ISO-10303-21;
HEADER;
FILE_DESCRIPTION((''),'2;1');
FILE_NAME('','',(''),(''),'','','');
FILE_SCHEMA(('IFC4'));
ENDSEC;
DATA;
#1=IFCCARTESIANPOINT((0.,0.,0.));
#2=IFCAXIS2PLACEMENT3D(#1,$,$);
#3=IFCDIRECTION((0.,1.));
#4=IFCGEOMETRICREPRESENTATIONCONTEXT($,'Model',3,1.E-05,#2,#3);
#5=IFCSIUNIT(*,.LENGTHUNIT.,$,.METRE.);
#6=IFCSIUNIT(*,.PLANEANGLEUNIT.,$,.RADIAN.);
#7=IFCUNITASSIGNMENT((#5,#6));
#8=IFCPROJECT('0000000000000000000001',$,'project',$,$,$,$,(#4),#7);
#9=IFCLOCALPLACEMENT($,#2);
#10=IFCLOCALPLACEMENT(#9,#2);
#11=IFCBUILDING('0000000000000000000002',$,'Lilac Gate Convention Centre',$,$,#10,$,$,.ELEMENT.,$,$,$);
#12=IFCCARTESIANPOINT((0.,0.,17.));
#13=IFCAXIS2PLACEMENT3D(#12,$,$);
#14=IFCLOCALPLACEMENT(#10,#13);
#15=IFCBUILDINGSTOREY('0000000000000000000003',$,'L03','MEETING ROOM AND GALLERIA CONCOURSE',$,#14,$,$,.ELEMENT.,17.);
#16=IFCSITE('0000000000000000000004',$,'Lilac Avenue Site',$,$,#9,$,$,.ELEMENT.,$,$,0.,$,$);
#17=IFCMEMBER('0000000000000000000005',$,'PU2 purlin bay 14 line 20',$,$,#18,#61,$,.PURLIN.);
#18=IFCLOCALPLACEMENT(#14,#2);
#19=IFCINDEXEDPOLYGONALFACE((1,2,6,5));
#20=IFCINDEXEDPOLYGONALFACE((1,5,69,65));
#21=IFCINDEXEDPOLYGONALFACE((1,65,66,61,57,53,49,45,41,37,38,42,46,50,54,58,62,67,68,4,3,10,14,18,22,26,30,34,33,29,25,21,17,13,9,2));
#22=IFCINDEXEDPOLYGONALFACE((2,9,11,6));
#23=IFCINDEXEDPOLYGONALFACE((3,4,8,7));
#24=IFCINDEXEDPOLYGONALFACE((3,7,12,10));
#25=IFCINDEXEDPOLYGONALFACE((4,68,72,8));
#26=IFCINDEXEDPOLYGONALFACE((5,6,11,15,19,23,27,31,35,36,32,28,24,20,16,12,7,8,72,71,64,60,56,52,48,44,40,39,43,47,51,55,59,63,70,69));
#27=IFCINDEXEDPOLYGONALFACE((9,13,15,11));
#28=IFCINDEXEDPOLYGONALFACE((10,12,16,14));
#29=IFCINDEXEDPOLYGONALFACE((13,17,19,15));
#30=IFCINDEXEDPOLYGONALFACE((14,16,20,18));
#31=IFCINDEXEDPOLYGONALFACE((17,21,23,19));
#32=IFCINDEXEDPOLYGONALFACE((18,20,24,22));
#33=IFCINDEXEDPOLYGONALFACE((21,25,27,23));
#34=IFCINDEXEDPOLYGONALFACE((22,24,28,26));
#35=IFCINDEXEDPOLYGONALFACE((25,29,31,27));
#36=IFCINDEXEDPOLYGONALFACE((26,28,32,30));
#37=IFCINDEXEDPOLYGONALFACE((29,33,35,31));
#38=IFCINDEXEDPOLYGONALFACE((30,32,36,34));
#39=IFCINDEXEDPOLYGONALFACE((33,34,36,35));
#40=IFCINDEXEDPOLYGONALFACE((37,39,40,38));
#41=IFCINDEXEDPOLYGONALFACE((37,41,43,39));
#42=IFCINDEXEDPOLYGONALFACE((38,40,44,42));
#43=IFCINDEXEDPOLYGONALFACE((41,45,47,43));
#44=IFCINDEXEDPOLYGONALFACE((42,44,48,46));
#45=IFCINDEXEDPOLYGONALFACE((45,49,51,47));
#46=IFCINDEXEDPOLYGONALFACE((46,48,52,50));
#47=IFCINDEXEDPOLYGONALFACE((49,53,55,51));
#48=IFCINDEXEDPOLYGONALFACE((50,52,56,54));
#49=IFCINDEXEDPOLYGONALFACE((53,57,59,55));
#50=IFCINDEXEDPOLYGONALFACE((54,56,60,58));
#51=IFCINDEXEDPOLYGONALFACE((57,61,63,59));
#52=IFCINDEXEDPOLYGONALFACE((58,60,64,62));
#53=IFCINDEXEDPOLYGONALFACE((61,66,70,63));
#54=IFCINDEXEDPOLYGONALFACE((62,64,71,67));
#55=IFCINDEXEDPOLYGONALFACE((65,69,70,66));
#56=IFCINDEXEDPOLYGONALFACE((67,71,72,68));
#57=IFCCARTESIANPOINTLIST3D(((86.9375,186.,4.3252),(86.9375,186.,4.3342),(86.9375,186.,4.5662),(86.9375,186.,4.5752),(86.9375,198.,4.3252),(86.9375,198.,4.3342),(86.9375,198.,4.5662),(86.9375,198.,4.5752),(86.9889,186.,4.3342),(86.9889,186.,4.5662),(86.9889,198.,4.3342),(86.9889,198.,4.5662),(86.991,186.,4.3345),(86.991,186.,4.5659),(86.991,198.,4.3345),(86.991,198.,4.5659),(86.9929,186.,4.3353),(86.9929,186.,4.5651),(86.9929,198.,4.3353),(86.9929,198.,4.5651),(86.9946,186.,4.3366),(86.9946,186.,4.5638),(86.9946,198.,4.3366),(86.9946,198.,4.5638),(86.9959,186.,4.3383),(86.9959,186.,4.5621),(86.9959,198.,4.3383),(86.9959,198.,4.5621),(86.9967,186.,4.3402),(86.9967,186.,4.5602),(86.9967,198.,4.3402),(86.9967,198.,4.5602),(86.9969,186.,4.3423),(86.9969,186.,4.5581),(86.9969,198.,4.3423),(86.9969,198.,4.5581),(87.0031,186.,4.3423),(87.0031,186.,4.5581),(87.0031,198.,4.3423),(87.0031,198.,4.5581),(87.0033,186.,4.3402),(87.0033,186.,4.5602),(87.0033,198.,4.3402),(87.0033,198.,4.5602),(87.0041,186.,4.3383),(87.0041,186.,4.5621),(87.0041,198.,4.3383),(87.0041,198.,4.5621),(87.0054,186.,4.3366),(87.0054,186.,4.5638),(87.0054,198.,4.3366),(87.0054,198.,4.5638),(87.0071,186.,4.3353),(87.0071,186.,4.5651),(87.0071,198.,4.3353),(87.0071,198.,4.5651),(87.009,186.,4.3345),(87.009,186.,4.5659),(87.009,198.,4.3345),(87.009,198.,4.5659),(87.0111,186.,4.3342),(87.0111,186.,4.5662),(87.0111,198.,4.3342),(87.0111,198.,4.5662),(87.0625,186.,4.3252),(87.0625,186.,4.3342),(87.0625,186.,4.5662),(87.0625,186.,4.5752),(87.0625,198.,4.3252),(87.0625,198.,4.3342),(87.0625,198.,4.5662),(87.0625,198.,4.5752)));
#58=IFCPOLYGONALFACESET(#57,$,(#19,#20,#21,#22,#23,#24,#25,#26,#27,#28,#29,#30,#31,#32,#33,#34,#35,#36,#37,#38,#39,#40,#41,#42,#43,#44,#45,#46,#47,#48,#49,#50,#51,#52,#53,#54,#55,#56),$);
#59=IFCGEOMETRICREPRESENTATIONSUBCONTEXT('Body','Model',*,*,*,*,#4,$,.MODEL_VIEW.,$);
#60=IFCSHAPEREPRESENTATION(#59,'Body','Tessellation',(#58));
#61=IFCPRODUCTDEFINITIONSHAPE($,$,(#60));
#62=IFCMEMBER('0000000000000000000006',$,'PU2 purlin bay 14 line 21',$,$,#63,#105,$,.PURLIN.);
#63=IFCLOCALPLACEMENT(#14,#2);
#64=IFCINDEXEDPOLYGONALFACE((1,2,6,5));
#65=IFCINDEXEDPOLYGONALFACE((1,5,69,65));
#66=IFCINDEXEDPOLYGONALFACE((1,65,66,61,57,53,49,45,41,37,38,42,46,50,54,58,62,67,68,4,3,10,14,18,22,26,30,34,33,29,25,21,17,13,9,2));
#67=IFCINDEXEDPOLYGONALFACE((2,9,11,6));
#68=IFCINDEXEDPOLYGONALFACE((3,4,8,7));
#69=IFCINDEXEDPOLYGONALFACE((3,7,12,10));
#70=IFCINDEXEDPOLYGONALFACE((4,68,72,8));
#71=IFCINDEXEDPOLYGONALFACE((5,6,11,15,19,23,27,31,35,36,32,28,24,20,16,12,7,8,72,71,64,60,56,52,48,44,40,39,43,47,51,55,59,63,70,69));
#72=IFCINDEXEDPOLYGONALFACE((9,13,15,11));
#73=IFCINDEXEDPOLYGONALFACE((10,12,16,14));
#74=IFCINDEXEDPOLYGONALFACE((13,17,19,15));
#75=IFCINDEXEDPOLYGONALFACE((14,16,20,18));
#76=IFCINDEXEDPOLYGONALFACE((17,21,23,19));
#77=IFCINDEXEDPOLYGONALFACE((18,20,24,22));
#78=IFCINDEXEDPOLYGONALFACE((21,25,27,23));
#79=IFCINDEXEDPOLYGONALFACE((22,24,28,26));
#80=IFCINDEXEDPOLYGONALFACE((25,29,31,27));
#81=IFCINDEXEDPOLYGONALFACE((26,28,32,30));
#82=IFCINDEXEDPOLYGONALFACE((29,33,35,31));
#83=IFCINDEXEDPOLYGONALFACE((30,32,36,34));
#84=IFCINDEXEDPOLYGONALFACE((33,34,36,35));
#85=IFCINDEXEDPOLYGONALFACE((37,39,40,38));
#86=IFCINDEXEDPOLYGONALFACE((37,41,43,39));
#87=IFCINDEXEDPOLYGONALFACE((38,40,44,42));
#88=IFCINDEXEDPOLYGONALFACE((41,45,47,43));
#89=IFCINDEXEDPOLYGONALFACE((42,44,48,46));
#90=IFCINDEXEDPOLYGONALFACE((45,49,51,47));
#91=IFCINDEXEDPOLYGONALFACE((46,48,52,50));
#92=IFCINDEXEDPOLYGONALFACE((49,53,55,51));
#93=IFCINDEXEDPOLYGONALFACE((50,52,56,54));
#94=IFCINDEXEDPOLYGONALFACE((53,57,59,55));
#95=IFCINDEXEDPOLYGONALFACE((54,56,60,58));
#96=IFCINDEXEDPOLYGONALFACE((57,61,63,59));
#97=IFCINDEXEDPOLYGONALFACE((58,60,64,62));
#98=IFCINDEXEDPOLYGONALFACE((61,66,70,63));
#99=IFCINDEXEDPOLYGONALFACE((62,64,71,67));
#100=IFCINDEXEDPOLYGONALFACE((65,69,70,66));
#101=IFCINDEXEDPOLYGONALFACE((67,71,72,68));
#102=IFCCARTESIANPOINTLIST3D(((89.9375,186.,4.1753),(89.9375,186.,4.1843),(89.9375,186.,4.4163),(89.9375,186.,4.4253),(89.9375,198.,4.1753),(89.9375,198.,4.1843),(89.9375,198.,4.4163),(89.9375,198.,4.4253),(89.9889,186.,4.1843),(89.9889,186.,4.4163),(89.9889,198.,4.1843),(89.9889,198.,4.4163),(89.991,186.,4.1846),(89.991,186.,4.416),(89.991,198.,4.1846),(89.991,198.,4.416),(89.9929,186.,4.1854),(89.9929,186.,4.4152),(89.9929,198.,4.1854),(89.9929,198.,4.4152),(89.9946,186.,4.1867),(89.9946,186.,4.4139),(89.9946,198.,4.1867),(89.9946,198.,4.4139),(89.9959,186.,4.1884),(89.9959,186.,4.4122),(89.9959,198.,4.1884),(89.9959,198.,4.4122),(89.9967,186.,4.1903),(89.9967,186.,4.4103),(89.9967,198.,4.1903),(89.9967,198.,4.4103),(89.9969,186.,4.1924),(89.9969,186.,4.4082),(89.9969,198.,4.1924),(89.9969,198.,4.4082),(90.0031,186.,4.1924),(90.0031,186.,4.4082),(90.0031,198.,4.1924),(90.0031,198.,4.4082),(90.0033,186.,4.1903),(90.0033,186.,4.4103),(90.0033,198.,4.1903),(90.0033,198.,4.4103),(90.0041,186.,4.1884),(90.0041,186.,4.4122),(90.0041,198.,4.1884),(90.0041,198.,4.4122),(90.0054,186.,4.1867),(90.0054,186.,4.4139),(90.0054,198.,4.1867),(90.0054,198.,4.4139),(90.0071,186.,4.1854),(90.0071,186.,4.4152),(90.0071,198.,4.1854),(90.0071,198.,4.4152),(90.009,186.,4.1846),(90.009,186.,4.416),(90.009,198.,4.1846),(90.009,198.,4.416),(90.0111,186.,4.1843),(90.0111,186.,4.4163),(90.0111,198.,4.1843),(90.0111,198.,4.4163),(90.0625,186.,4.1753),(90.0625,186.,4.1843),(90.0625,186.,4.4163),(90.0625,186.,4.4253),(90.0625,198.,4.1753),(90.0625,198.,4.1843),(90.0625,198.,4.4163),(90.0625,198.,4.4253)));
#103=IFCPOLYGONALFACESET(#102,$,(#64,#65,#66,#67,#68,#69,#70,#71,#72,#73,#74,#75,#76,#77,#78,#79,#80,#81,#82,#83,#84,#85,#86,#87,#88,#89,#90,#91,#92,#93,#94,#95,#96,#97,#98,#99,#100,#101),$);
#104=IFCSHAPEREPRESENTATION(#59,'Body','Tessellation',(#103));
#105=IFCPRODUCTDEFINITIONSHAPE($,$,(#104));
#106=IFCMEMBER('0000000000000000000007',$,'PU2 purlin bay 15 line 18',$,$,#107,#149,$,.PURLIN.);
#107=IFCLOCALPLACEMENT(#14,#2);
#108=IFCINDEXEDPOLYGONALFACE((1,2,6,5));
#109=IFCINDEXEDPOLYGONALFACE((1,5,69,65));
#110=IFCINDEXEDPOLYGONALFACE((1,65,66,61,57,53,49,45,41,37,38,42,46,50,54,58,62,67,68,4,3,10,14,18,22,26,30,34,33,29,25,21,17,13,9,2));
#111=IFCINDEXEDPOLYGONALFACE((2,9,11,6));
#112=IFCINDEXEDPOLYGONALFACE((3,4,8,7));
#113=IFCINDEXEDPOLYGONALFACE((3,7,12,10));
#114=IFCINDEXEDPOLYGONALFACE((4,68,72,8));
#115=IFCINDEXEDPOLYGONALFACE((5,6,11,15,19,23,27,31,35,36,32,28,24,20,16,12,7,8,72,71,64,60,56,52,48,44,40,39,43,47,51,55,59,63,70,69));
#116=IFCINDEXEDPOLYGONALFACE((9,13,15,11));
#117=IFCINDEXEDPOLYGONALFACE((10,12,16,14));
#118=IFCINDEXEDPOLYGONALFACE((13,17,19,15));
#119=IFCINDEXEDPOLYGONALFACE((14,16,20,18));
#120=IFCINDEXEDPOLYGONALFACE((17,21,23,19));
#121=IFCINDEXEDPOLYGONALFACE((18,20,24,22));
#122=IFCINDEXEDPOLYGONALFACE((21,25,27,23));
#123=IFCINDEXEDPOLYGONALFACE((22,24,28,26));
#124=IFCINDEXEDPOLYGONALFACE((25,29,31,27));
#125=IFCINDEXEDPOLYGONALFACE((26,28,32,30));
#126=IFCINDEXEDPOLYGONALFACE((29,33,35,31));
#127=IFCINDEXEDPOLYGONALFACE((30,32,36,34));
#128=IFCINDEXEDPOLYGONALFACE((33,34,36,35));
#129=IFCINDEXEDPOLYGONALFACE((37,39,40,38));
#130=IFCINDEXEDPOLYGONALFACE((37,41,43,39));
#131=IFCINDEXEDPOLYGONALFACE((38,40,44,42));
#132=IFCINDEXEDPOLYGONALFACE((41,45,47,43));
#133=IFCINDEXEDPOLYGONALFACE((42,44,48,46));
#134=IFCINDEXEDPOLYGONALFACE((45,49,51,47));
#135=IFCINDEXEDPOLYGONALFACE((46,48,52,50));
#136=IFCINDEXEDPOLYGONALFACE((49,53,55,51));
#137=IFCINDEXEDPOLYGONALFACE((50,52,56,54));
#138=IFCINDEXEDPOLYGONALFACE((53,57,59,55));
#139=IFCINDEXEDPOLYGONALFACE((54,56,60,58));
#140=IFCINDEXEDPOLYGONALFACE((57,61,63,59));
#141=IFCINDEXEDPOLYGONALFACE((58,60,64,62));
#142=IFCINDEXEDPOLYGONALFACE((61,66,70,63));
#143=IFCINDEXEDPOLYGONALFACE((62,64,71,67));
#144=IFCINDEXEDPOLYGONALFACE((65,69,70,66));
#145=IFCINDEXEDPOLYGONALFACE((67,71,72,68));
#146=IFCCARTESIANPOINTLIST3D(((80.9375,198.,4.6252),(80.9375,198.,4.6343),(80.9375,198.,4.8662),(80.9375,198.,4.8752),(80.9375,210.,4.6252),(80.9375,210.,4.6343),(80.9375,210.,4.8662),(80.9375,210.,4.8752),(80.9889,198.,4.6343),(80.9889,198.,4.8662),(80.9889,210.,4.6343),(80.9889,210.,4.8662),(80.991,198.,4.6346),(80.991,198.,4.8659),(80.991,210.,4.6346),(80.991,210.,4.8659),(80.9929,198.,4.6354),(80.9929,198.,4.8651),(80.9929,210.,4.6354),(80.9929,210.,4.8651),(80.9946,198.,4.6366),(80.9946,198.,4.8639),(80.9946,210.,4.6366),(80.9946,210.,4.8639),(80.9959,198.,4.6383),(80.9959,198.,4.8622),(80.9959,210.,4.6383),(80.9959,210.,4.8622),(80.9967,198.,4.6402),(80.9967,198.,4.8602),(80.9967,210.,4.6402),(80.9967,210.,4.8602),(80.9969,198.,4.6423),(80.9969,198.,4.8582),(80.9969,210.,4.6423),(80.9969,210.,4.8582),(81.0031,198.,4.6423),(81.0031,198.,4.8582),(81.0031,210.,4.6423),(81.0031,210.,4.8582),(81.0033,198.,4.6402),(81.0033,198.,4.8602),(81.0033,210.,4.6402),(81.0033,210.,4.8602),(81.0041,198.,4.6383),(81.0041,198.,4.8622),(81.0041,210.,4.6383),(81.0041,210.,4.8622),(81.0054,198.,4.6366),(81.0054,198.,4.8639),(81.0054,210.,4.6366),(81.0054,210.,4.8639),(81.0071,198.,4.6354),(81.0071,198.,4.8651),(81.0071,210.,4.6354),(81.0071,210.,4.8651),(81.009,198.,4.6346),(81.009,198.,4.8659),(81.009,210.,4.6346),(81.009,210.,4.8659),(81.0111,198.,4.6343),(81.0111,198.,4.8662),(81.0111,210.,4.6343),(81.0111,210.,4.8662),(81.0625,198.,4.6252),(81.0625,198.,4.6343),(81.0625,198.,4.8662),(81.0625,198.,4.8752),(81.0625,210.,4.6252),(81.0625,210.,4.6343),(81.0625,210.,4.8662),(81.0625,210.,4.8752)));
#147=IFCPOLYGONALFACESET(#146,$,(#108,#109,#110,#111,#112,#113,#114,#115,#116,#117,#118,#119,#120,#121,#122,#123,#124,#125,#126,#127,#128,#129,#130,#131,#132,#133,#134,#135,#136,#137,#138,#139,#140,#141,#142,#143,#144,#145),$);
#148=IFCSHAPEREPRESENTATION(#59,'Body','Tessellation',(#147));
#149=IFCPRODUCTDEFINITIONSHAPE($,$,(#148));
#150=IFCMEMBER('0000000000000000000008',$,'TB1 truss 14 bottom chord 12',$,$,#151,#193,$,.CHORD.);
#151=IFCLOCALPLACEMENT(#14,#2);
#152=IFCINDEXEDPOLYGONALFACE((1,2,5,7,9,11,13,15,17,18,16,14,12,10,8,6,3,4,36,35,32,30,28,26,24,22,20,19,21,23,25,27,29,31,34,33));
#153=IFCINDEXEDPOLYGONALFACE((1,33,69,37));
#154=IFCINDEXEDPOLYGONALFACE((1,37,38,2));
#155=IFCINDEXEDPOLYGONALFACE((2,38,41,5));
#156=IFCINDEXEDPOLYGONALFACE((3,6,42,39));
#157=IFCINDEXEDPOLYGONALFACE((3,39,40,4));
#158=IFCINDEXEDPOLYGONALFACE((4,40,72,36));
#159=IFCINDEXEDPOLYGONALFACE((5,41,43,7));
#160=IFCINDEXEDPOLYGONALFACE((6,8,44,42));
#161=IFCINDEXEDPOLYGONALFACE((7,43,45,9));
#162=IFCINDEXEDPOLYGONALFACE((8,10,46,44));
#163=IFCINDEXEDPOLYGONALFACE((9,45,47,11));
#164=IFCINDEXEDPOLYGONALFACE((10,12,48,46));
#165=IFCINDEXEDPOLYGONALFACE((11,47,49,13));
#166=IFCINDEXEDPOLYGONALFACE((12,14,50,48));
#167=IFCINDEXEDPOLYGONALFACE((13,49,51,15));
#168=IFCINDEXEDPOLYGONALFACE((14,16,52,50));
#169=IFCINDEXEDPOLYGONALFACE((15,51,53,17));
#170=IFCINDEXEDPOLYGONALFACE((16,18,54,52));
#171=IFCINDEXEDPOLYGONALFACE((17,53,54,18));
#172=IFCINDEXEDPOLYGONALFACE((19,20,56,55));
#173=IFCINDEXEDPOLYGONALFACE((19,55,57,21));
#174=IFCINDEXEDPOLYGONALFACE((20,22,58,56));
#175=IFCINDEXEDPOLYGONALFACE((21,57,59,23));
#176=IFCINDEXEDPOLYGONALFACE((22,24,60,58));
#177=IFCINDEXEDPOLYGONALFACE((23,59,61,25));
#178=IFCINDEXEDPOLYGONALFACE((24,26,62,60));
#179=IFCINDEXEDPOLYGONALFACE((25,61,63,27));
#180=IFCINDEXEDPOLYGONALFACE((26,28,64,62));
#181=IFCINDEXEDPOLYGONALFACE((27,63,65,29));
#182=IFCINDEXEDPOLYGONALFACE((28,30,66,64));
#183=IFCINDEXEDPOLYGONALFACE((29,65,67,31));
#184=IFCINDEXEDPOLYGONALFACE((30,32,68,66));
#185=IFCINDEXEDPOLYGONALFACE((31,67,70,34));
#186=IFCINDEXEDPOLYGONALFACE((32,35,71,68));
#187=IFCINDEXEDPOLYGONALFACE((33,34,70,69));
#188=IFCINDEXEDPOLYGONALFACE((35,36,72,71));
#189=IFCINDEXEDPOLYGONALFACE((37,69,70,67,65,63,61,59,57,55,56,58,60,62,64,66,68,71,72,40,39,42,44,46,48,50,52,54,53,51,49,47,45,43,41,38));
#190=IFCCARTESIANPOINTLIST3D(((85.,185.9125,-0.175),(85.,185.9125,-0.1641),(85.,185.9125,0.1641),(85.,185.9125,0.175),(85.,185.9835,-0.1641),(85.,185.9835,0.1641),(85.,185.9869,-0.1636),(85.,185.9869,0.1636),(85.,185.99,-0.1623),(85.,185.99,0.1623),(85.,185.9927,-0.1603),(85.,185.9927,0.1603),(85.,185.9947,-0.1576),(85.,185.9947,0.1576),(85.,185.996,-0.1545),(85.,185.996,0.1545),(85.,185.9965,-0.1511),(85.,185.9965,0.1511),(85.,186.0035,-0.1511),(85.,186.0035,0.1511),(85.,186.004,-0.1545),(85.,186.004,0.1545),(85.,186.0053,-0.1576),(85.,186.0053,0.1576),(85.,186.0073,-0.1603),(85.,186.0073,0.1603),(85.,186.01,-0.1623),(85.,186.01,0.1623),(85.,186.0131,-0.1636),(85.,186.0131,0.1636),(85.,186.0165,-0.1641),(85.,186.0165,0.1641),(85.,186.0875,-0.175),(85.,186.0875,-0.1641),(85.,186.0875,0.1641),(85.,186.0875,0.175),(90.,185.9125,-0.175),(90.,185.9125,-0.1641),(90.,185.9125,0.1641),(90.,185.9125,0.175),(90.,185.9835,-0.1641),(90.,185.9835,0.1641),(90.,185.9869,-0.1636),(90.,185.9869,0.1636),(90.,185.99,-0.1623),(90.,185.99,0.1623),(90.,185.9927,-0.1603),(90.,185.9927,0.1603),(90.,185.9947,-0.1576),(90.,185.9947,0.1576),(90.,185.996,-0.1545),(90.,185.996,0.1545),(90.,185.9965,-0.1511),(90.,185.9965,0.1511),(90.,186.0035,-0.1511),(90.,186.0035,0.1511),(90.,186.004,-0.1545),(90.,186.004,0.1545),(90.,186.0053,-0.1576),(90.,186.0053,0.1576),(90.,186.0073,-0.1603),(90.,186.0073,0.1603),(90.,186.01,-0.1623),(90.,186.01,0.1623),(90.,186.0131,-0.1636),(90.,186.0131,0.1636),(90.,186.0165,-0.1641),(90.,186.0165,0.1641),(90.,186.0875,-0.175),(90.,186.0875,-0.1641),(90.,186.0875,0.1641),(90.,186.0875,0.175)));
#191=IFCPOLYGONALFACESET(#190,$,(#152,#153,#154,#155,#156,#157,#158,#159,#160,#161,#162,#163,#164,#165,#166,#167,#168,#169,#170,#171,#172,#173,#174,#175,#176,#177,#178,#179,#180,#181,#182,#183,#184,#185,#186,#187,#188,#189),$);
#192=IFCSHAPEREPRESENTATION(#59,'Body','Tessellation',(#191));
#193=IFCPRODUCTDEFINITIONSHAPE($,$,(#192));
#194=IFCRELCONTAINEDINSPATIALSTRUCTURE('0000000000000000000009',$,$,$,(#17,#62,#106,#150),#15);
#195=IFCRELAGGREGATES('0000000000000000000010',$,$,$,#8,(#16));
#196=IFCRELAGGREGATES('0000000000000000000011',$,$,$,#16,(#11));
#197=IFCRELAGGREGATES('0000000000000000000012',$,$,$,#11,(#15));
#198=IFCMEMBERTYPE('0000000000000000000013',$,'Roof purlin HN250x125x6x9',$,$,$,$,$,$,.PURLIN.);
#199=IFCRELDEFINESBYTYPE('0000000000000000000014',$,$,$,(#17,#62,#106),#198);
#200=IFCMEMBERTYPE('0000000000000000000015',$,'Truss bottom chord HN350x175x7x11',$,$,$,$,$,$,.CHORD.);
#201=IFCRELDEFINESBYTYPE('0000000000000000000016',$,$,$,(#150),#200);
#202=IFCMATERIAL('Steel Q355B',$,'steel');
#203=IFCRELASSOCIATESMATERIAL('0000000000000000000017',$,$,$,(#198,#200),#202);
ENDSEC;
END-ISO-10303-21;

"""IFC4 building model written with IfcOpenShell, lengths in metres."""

from ifc_helpers import new_model, si_unit, direction, frame, origin, origin_2d, place, context, subcontext, project, spatial, i_section, extrude, material, material_profile, profile_set, type_object, element, save


model = new_model("IFC4")

# Units and contexts
model_context = context("Model", 3, precision=1e-05, world=origin(), true_north=direction((0.0, 1.0)))
body_context = subcontext(model_context, "Body", "Model", "MODEL_VIEW")
ifc_project = project(units=[si_unit("LENGTHUNIT", "METRE"), si_unit("PLANEANGLEUNIT", "RADIAN")], contexts=[model_context])

# Site, building, storey
site_placement = place(None, origin())
site = spatial("IfcSite", under=ifc_project, at=site_placement, Name="Lilac Avenue Site", CompositionType="ELEMENT", RefElevation=0.0)
building_placement = place(site_placement, origin())
building = spatial("IfcBuilding", under=site, at=building_placement, Name="Lilac Gate Convention Centre", CompositionType="ELEMENT")
storey_placement = place(building_placement, frame((0.0, 0.0, 17.0)))
storey = spatial("IfcBuildingStorey", under=building, at=storey_placement, Name="L03", Description="MEETING ROOM AND GALLERIA CONCOURSE", CompositionType="ELEMENT", Elevation=17.0)

# Members
ifc_material = material(Name="Steel Q355B", Category="steel")
ifc_material_profile_1 = material_profile(ifc_material, i_section(OverallWidth=0.125, OverallDepth=0.25, WebThickness=0.0061, FlangeThickness=0.009, FilletRadius=0.0081, at=origin_2d()), Name="HN250x125x6x9")
ifc_profile_set_1 = profile_set([ifc_material_profile_1], Name="Steel Q355B")
member_type_1 = type_object("IfcMemberType", Name="Roof purlin HN250x125x6x9", PredefinedType="PURLIN", material=ifc_profile_set_1)
for number, where, z_axis, x_axis, name in (
    (1, (87.0, 186.0, 4.4502), (0.0, 1.0, 0.0), (-1.0, 0.0, 0.0), "PU2 purlin bay 14 line 20"),
    (2, (90.0, 186.0, 4.3003), (0.0, 1.0, 0.0), (-1.0, 0.0, 0.0), "PU2 purlin bay 14 line 21"),
    (3, (81.0, 198.0, 4.7502), (0.0, 1.0, 0.0), (-1.0, 0.0, 0.0), "PU2 purlin bay 15 line 18"),
):
    element("IfcMember", number, at=place(storey_placement, frame(where, z_axis=z_axis, x_axis=x_axis)), inside=storey, type_object=member_type_1, Name=name, PredefinedType="PURLIN", context=body_context, shape_type="SweptSolid", body=[
        extrude(i_section(OverallWidth=0.125, OverallDepth=0.25, WebThickness=0.0061, FlangeThickness=0.009, FilletRadius=0.0081, at=origin_2d()), origin(), (0.0, 0.0, 1.0), 12.0),
    ])
ifc_material_profile_2 = material_profile(ifc_material, i_section(OverallWidth=0.175, OverallDepth=0.3501, WebThickness=0.0071, FlangeThickness=0.011, FilletRadius=0.0129, at=origin_2d()), Name="HN350x175x7x11")
ifc_profile_set_2 = profile_set([ifc_material_profile_2], Name="Steel Q355B")
member_type_2 = type_object("IfcMemberType", Name="Truss bottom chord HN350x175x7x11", PredefinedType="CHORD", material=ifc_profile_set_2)
for number, where, z_axis, x_axis, name in (
    (4, (85.0, 186.0, 0.0), (1.0, 0.0, 0.0), (0.0, 1.0, 0.0), "TB1 truss 14 bottom chord 12"),
):
    element("IfcMember", number, at=place(storey_placement, frame(where, z_axis=z_axis, x_axis=x_axis)), inside=storey, type_object=member_type_2, Name=name, PredefinedType="CHORD", context=body_context, shape_type="SweptSolid", body=[
        extrude(i_section(OverallWidth=0.175, OverallDepth=0.3501, WebThickness=0.0071, FlangeThickness=0.011, FilletRadius=0.0129, at=origin_2d()), origin(), (0.0, 0.0, 1.0), 5.0),
    ])

save(model, "model.ifc")
